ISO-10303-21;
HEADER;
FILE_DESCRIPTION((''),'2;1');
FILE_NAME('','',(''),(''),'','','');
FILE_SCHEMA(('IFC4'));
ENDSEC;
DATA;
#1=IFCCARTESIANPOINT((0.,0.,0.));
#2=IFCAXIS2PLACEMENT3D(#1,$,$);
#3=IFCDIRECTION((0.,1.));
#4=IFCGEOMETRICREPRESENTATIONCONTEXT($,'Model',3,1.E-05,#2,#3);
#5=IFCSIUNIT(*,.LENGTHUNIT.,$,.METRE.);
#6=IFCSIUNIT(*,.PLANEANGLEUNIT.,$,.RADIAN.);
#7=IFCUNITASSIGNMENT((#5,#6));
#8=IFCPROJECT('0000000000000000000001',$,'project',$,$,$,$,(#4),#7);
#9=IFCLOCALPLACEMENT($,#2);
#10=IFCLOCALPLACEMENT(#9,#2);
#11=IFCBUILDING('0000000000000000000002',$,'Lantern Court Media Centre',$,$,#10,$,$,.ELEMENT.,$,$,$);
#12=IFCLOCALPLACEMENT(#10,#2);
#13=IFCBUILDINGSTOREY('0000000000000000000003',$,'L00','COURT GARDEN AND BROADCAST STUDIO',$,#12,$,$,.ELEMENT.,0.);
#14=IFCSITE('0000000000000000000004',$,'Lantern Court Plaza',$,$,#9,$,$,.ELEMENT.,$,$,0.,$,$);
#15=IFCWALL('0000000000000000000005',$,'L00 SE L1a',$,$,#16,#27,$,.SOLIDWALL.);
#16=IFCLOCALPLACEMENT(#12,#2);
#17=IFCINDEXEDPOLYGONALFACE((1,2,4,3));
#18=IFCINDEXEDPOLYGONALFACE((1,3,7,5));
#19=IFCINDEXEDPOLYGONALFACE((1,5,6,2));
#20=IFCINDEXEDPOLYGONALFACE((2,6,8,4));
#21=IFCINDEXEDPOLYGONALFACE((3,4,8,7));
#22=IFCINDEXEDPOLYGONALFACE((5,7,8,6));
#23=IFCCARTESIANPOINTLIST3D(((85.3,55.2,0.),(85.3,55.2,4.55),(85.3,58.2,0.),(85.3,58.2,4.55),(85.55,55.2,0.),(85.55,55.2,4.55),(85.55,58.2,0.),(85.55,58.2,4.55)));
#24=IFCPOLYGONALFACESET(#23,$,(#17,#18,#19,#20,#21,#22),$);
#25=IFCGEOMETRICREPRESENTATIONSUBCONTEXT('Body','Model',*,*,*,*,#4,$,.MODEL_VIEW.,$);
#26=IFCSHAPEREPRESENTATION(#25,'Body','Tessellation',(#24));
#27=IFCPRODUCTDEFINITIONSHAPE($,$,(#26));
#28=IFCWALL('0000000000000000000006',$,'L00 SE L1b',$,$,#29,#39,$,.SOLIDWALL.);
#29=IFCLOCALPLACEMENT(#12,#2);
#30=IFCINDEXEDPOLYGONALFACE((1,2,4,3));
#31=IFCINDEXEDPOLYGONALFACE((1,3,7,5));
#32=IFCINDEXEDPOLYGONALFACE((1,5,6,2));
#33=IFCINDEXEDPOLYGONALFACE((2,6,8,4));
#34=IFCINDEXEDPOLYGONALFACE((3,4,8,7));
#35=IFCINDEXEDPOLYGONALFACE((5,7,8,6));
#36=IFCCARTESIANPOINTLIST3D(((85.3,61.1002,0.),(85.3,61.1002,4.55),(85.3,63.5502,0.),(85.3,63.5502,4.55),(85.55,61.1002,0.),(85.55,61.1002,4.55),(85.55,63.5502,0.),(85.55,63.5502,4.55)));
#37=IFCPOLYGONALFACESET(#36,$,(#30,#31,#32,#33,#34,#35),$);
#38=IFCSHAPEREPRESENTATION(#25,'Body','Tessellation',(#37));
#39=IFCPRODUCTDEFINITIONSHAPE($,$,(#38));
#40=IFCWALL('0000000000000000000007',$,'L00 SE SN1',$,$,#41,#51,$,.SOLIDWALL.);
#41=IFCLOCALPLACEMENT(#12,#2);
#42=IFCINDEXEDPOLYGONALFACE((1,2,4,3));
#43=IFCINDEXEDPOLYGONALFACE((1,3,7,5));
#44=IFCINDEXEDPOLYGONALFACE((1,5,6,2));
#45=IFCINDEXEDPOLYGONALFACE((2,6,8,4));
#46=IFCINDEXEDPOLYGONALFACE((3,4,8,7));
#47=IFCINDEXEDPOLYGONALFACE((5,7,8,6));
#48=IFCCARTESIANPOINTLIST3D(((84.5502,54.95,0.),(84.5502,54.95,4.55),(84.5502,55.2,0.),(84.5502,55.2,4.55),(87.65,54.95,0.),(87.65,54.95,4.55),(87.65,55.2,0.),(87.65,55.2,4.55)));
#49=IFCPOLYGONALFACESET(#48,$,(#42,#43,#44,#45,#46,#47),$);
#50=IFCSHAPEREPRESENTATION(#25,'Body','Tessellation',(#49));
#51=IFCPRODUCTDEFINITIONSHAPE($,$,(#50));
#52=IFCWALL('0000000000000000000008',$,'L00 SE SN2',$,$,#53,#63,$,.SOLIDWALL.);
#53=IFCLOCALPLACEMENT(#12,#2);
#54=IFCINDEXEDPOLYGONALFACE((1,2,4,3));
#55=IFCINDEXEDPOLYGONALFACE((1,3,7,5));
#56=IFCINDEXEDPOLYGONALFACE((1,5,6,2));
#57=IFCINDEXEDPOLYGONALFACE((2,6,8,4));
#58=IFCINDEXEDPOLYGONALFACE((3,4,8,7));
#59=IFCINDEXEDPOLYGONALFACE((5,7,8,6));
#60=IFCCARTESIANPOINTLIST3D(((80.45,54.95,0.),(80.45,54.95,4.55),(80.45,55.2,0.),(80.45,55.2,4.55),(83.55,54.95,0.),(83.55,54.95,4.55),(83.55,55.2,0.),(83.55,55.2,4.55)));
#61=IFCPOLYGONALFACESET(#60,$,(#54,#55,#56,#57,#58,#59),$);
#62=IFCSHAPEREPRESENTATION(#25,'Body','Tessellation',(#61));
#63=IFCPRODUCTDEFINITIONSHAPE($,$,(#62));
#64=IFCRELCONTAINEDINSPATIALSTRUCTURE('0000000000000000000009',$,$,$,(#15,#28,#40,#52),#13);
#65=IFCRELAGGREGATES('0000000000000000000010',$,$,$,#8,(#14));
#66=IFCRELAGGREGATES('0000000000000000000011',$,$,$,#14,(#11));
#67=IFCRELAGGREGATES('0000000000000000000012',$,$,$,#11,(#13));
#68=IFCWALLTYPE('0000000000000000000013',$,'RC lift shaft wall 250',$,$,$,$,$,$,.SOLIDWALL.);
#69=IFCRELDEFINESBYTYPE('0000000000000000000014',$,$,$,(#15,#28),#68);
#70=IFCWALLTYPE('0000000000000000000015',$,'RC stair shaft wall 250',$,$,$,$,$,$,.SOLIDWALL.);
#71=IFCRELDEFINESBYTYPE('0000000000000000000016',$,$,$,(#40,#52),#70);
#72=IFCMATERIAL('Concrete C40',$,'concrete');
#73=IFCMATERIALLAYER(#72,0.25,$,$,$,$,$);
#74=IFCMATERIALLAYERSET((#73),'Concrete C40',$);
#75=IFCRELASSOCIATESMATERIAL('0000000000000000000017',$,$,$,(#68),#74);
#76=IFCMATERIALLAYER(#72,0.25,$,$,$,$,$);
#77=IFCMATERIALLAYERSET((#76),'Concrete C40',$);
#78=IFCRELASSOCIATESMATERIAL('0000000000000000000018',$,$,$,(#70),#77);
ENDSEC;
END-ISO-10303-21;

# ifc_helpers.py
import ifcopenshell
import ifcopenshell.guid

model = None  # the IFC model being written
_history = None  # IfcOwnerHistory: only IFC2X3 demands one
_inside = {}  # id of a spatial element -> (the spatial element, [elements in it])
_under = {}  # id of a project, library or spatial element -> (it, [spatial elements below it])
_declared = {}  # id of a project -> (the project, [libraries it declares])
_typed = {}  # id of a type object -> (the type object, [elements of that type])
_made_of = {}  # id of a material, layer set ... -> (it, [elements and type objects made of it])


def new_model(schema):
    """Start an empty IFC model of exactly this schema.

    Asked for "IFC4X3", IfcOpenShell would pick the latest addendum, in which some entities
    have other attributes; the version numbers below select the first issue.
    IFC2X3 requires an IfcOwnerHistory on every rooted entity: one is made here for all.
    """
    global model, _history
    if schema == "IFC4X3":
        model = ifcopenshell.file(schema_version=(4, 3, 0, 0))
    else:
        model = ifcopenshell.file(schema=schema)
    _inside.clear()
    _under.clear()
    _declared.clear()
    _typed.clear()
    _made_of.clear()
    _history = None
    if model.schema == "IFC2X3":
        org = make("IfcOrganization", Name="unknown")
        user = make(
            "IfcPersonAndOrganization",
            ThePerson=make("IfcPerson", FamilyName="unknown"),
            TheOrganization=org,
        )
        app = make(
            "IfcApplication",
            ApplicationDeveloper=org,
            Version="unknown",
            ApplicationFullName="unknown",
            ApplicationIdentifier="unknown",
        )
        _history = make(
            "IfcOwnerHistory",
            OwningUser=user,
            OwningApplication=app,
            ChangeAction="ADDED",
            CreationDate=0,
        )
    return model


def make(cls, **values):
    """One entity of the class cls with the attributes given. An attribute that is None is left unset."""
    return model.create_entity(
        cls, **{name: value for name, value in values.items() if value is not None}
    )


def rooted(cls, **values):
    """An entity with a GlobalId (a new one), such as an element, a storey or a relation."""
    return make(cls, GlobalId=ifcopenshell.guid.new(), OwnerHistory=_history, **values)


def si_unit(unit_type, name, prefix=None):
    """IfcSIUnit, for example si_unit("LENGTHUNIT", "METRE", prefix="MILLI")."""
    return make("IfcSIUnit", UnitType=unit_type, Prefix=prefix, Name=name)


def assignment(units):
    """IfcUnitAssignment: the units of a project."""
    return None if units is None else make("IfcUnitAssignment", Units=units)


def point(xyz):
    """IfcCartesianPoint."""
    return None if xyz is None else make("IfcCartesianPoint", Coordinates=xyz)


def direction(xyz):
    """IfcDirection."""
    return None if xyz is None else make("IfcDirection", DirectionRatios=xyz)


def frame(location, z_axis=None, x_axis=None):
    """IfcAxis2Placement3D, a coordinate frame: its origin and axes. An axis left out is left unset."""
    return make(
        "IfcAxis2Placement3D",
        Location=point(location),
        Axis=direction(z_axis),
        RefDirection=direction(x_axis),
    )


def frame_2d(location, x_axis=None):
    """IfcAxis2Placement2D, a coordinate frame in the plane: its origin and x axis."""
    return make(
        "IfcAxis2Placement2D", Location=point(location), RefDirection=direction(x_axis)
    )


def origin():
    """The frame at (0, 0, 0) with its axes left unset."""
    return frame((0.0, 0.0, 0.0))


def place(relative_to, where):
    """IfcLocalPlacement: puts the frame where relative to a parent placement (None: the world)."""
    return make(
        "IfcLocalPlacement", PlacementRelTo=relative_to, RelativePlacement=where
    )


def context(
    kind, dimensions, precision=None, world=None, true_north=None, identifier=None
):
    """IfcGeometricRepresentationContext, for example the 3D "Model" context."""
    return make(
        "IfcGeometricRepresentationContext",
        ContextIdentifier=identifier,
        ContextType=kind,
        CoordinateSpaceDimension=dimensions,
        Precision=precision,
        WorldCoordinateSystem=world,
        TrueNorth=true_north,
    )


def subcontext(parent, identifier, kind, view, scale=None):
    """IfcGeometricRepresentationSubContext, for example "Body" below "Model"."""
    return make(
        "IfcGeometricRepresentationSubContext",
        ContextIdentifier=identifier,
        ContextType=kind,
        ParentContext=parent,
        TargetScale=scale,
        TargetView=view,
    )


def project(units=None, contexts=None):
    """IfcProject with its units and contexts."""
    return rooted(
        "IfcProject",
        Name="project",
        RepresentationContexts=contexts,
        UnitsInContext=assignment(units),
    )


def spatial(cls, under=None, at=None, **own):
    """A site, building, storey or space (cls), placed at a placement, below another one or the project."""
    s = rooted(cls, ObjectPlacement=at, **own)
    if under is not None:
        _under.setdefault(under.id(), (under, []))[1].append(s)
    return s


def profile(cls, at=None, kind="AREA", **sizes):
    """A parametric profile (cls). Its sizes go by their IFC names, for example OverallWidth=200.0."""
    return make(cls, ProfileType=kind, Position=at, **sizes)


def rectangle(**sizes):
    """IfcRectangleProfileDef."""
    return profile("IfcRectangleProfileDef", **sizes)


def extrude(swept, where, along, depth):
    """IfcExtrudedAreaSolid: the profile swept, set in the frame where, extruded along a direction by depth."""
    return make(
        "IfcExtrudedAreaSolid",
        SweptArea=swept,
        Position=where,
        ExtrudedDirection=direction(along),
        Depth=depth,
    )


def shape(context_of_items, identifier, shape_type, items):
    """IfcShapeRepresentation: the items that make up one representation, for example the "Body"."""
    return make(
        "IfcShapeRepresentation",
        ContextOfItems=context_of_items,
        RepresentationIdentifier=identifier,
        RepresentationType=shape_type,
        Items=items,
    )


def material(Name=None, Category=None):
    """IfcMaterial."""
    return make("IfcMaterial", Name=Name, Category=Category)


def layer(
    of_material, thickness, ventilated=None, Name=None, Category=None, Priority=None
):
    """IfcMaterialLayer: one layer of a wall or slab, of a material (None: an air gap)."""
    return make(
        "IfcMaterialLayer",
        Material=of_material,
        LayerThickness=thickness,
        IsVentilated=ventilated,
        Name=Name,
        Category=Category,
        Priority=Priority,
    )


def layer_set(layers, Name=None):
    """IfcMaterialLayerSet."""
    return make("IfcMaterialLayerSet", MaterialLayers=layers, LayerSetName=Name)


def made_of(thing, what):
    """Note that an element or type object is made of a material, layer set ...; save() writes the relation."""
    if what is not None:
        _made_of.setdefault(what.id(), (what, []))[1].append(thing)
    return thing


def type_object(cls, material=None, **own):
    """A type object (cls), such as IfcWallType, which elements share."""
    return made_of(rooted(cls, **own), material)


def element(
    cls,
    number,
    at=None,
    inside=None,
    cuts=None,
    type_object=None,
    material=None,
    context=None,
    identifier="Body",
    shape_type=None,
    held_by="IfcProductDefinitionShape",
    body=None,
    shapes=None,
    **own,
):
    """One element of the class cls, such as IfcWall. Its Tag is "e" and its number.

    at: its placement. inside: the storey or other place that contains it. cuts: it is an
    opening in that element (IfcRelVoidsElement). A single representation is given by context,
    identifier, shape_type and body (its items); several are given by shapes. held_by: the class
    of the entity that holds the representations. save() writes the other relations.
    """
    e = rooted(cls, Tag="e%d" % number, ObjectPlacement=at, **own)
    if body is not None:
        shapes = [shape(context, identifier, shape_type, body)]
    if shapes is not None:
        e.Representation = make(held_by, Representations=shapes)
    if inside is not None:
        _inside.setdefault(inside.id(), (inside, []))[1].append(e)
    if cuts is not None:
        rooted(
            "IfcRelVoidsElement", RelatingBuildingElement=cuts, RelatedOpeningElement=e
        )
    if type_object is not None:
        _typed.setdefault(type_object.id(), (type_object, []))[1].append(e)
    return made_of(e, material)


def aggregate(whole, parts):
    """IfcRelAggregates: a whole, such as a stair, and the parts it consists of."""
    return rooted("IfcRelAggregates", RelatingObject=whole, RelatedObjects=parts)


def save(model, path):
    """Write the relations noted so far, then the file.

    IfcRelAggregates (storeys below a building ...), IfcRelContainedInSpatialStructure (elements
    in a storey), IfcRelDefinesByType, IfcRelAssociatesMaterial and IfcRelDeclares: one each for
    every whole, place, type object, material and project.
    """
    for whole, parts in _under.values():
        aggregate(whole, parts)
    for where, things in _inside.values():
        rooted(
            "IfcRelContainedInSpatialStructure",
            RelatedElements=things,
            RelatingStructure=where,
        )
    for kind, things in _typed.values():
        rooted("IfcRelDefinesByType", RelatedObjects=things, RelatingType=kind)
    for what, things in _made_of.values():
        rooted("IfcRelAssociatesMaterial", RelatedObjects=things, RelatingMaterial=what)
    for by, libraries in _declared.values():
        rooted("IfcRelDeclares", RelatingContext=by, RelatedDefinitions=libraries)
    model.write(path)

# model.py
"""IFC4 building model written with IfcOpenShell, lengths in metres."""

from ifc_helpers import new_model, si_unit, direction, frame, frame_2d, origin, place, context, subcontext, project, spatial, rectangle, extrude, material, layer, layer_set, type_object, element, save


model = new_model("IFC4")

# Units and contexts
model_context = context("Model", 3, precision=1e-05, world=origin(), true_north=direction((0.0, 1.0)))
body_context = subcontext(model_context, "Body", "Model", "MODEL_VIEW")
ifc_project = project(units=[si_unit("LENGTHUNIT", "METRE"), si_unit("PLANEANGLEUNIT", "RADIAN")], contexts=[model_context])

# Site, building, storey
site_placement = place(None, origin())
site = spatial("IfcSite", under=ifc_project, at=site_placement, Name="Lantern Court Plaza", CompositionType="ELEMENT", RefElevation=0.0)
building_placement = place(site_placement, origin())
building = spatial("IfcBuilding", under=site, at=building_placement, Name="Lantern Court Media Centre", CompositionType="ELEMENT")
storey_placement = place(building_placement, origin())
storey = spatial("IfcBuildingStorey", under=building, at=storey_placement, Name="L00", Description="COURT GARDEN AND BROADCAST STUDIO", CompositionType="ELEMENT", Elevation=0.0)

# Shared definitions
ifc_material_1 = material(Name="Concrete C40", Category="concrete")

# Walls
ifc_layer_1 = layer(ifc_material_1, 0.25)
ifc_layer_set_1 = layer_set([ifc_layer_1], Name="Concrete C40")
wall_type_1 = type_object("IfcWallType", Name="RC lift shaft wall 250", PredefinedType="SOLIDWALL", material=ifc_layer_set_1)
wall_1_placement = place(storey_placement, frame((85.425, 55.2, 0.0), z_axis=(0.0, 0.0, 1.0), x_axis=(0.0, 1.0, 0.0)))
element("IfcWall", 1, at=wall_1_placement, inside=storey, type_object=wall_type_1, Name="L00 SE L1a", PredefinedType="SOLIDWALL", context=body_context, shape_type="SweptSolid", body=[
    extrude(rectangle(XDim=3.0, YDim=0.25, at=frame_2d((1.5, 0.0))), origin(), (0.0, 0.0, 1.0), 4.55),
])
wall_2_placement = place(storey_placement, frame((85.425, 61.1001, 0.0), z_axis=(0.0, 0.0, 1.0), x_axis=(0.0, 1.0, 0.0)))
element("IfcWall", 2, at=wall_2_placement, inside=storey, type_object=wall_type_1, Name="L00 SE L1b", PredefinedType="SOLIDWALL", context=body_context, shape_type="SweptSolid", body=[
    extrude(rectangle(XDim=2.45, YDim=0.25, at=frame_2d((1.2251, 0.0))), origin(), (0.0, 0.0, 1.0), 4.55),
])
ifc_layer_2 = layer(ifc_material_1, 0.25)
ifc_layer_set_2 = layer_set([ifc_layer_2], Name="Concrete C40")
wall_type_2 = type_object("IfcWallType", Name="RC stair shaft wall 250", PredefinedType="SOLIDWALL", material=ifc_layer_set_2)
wall_3_placement = place(storey_placement, frame((87.6499, 55.075, 0.0), z_axis=(0.0, 0.0, 1.0), x_axis=(-1.0, 0.0, 0.0)))
element("IfcWall", 3, at=wall_3_placement, inside=storey, type_object=wall_type_2, Name="L00 SE SN1", PredefinedType="SOLIDWALL", context=body_context, shape_type="SweptSolid", body=[
    extrude(rectangle(XDim=3.0999, YDim=0.25, at=frame_2d((1.5498, 0.0))), origin(), (0.0, 0.0, 1.0), 4.55),
])
wall_4_placement = place(storey_placement, frame((83.55, 55.075, 0.0), z_axis=(0.0, 0.0, 1.0), x_axis=(-1.0, 0.0, 0.0)))
element("IfcWall", 4, at=wall_4_placement, inside=storey, type_object=wall_type_2, Name="L00 SE SN2", PredefinedType="SOLIDWALL", context=body_context, shape_type="SweptSolid", body=[
    extrude(rectangle(XDim=3.1001, YDim=0.25, at=frame_2d((1.55, 0.0))), origin(), (0.0, 0.0, 1.0), 4.55),
])

save(model, "model.ifc")
